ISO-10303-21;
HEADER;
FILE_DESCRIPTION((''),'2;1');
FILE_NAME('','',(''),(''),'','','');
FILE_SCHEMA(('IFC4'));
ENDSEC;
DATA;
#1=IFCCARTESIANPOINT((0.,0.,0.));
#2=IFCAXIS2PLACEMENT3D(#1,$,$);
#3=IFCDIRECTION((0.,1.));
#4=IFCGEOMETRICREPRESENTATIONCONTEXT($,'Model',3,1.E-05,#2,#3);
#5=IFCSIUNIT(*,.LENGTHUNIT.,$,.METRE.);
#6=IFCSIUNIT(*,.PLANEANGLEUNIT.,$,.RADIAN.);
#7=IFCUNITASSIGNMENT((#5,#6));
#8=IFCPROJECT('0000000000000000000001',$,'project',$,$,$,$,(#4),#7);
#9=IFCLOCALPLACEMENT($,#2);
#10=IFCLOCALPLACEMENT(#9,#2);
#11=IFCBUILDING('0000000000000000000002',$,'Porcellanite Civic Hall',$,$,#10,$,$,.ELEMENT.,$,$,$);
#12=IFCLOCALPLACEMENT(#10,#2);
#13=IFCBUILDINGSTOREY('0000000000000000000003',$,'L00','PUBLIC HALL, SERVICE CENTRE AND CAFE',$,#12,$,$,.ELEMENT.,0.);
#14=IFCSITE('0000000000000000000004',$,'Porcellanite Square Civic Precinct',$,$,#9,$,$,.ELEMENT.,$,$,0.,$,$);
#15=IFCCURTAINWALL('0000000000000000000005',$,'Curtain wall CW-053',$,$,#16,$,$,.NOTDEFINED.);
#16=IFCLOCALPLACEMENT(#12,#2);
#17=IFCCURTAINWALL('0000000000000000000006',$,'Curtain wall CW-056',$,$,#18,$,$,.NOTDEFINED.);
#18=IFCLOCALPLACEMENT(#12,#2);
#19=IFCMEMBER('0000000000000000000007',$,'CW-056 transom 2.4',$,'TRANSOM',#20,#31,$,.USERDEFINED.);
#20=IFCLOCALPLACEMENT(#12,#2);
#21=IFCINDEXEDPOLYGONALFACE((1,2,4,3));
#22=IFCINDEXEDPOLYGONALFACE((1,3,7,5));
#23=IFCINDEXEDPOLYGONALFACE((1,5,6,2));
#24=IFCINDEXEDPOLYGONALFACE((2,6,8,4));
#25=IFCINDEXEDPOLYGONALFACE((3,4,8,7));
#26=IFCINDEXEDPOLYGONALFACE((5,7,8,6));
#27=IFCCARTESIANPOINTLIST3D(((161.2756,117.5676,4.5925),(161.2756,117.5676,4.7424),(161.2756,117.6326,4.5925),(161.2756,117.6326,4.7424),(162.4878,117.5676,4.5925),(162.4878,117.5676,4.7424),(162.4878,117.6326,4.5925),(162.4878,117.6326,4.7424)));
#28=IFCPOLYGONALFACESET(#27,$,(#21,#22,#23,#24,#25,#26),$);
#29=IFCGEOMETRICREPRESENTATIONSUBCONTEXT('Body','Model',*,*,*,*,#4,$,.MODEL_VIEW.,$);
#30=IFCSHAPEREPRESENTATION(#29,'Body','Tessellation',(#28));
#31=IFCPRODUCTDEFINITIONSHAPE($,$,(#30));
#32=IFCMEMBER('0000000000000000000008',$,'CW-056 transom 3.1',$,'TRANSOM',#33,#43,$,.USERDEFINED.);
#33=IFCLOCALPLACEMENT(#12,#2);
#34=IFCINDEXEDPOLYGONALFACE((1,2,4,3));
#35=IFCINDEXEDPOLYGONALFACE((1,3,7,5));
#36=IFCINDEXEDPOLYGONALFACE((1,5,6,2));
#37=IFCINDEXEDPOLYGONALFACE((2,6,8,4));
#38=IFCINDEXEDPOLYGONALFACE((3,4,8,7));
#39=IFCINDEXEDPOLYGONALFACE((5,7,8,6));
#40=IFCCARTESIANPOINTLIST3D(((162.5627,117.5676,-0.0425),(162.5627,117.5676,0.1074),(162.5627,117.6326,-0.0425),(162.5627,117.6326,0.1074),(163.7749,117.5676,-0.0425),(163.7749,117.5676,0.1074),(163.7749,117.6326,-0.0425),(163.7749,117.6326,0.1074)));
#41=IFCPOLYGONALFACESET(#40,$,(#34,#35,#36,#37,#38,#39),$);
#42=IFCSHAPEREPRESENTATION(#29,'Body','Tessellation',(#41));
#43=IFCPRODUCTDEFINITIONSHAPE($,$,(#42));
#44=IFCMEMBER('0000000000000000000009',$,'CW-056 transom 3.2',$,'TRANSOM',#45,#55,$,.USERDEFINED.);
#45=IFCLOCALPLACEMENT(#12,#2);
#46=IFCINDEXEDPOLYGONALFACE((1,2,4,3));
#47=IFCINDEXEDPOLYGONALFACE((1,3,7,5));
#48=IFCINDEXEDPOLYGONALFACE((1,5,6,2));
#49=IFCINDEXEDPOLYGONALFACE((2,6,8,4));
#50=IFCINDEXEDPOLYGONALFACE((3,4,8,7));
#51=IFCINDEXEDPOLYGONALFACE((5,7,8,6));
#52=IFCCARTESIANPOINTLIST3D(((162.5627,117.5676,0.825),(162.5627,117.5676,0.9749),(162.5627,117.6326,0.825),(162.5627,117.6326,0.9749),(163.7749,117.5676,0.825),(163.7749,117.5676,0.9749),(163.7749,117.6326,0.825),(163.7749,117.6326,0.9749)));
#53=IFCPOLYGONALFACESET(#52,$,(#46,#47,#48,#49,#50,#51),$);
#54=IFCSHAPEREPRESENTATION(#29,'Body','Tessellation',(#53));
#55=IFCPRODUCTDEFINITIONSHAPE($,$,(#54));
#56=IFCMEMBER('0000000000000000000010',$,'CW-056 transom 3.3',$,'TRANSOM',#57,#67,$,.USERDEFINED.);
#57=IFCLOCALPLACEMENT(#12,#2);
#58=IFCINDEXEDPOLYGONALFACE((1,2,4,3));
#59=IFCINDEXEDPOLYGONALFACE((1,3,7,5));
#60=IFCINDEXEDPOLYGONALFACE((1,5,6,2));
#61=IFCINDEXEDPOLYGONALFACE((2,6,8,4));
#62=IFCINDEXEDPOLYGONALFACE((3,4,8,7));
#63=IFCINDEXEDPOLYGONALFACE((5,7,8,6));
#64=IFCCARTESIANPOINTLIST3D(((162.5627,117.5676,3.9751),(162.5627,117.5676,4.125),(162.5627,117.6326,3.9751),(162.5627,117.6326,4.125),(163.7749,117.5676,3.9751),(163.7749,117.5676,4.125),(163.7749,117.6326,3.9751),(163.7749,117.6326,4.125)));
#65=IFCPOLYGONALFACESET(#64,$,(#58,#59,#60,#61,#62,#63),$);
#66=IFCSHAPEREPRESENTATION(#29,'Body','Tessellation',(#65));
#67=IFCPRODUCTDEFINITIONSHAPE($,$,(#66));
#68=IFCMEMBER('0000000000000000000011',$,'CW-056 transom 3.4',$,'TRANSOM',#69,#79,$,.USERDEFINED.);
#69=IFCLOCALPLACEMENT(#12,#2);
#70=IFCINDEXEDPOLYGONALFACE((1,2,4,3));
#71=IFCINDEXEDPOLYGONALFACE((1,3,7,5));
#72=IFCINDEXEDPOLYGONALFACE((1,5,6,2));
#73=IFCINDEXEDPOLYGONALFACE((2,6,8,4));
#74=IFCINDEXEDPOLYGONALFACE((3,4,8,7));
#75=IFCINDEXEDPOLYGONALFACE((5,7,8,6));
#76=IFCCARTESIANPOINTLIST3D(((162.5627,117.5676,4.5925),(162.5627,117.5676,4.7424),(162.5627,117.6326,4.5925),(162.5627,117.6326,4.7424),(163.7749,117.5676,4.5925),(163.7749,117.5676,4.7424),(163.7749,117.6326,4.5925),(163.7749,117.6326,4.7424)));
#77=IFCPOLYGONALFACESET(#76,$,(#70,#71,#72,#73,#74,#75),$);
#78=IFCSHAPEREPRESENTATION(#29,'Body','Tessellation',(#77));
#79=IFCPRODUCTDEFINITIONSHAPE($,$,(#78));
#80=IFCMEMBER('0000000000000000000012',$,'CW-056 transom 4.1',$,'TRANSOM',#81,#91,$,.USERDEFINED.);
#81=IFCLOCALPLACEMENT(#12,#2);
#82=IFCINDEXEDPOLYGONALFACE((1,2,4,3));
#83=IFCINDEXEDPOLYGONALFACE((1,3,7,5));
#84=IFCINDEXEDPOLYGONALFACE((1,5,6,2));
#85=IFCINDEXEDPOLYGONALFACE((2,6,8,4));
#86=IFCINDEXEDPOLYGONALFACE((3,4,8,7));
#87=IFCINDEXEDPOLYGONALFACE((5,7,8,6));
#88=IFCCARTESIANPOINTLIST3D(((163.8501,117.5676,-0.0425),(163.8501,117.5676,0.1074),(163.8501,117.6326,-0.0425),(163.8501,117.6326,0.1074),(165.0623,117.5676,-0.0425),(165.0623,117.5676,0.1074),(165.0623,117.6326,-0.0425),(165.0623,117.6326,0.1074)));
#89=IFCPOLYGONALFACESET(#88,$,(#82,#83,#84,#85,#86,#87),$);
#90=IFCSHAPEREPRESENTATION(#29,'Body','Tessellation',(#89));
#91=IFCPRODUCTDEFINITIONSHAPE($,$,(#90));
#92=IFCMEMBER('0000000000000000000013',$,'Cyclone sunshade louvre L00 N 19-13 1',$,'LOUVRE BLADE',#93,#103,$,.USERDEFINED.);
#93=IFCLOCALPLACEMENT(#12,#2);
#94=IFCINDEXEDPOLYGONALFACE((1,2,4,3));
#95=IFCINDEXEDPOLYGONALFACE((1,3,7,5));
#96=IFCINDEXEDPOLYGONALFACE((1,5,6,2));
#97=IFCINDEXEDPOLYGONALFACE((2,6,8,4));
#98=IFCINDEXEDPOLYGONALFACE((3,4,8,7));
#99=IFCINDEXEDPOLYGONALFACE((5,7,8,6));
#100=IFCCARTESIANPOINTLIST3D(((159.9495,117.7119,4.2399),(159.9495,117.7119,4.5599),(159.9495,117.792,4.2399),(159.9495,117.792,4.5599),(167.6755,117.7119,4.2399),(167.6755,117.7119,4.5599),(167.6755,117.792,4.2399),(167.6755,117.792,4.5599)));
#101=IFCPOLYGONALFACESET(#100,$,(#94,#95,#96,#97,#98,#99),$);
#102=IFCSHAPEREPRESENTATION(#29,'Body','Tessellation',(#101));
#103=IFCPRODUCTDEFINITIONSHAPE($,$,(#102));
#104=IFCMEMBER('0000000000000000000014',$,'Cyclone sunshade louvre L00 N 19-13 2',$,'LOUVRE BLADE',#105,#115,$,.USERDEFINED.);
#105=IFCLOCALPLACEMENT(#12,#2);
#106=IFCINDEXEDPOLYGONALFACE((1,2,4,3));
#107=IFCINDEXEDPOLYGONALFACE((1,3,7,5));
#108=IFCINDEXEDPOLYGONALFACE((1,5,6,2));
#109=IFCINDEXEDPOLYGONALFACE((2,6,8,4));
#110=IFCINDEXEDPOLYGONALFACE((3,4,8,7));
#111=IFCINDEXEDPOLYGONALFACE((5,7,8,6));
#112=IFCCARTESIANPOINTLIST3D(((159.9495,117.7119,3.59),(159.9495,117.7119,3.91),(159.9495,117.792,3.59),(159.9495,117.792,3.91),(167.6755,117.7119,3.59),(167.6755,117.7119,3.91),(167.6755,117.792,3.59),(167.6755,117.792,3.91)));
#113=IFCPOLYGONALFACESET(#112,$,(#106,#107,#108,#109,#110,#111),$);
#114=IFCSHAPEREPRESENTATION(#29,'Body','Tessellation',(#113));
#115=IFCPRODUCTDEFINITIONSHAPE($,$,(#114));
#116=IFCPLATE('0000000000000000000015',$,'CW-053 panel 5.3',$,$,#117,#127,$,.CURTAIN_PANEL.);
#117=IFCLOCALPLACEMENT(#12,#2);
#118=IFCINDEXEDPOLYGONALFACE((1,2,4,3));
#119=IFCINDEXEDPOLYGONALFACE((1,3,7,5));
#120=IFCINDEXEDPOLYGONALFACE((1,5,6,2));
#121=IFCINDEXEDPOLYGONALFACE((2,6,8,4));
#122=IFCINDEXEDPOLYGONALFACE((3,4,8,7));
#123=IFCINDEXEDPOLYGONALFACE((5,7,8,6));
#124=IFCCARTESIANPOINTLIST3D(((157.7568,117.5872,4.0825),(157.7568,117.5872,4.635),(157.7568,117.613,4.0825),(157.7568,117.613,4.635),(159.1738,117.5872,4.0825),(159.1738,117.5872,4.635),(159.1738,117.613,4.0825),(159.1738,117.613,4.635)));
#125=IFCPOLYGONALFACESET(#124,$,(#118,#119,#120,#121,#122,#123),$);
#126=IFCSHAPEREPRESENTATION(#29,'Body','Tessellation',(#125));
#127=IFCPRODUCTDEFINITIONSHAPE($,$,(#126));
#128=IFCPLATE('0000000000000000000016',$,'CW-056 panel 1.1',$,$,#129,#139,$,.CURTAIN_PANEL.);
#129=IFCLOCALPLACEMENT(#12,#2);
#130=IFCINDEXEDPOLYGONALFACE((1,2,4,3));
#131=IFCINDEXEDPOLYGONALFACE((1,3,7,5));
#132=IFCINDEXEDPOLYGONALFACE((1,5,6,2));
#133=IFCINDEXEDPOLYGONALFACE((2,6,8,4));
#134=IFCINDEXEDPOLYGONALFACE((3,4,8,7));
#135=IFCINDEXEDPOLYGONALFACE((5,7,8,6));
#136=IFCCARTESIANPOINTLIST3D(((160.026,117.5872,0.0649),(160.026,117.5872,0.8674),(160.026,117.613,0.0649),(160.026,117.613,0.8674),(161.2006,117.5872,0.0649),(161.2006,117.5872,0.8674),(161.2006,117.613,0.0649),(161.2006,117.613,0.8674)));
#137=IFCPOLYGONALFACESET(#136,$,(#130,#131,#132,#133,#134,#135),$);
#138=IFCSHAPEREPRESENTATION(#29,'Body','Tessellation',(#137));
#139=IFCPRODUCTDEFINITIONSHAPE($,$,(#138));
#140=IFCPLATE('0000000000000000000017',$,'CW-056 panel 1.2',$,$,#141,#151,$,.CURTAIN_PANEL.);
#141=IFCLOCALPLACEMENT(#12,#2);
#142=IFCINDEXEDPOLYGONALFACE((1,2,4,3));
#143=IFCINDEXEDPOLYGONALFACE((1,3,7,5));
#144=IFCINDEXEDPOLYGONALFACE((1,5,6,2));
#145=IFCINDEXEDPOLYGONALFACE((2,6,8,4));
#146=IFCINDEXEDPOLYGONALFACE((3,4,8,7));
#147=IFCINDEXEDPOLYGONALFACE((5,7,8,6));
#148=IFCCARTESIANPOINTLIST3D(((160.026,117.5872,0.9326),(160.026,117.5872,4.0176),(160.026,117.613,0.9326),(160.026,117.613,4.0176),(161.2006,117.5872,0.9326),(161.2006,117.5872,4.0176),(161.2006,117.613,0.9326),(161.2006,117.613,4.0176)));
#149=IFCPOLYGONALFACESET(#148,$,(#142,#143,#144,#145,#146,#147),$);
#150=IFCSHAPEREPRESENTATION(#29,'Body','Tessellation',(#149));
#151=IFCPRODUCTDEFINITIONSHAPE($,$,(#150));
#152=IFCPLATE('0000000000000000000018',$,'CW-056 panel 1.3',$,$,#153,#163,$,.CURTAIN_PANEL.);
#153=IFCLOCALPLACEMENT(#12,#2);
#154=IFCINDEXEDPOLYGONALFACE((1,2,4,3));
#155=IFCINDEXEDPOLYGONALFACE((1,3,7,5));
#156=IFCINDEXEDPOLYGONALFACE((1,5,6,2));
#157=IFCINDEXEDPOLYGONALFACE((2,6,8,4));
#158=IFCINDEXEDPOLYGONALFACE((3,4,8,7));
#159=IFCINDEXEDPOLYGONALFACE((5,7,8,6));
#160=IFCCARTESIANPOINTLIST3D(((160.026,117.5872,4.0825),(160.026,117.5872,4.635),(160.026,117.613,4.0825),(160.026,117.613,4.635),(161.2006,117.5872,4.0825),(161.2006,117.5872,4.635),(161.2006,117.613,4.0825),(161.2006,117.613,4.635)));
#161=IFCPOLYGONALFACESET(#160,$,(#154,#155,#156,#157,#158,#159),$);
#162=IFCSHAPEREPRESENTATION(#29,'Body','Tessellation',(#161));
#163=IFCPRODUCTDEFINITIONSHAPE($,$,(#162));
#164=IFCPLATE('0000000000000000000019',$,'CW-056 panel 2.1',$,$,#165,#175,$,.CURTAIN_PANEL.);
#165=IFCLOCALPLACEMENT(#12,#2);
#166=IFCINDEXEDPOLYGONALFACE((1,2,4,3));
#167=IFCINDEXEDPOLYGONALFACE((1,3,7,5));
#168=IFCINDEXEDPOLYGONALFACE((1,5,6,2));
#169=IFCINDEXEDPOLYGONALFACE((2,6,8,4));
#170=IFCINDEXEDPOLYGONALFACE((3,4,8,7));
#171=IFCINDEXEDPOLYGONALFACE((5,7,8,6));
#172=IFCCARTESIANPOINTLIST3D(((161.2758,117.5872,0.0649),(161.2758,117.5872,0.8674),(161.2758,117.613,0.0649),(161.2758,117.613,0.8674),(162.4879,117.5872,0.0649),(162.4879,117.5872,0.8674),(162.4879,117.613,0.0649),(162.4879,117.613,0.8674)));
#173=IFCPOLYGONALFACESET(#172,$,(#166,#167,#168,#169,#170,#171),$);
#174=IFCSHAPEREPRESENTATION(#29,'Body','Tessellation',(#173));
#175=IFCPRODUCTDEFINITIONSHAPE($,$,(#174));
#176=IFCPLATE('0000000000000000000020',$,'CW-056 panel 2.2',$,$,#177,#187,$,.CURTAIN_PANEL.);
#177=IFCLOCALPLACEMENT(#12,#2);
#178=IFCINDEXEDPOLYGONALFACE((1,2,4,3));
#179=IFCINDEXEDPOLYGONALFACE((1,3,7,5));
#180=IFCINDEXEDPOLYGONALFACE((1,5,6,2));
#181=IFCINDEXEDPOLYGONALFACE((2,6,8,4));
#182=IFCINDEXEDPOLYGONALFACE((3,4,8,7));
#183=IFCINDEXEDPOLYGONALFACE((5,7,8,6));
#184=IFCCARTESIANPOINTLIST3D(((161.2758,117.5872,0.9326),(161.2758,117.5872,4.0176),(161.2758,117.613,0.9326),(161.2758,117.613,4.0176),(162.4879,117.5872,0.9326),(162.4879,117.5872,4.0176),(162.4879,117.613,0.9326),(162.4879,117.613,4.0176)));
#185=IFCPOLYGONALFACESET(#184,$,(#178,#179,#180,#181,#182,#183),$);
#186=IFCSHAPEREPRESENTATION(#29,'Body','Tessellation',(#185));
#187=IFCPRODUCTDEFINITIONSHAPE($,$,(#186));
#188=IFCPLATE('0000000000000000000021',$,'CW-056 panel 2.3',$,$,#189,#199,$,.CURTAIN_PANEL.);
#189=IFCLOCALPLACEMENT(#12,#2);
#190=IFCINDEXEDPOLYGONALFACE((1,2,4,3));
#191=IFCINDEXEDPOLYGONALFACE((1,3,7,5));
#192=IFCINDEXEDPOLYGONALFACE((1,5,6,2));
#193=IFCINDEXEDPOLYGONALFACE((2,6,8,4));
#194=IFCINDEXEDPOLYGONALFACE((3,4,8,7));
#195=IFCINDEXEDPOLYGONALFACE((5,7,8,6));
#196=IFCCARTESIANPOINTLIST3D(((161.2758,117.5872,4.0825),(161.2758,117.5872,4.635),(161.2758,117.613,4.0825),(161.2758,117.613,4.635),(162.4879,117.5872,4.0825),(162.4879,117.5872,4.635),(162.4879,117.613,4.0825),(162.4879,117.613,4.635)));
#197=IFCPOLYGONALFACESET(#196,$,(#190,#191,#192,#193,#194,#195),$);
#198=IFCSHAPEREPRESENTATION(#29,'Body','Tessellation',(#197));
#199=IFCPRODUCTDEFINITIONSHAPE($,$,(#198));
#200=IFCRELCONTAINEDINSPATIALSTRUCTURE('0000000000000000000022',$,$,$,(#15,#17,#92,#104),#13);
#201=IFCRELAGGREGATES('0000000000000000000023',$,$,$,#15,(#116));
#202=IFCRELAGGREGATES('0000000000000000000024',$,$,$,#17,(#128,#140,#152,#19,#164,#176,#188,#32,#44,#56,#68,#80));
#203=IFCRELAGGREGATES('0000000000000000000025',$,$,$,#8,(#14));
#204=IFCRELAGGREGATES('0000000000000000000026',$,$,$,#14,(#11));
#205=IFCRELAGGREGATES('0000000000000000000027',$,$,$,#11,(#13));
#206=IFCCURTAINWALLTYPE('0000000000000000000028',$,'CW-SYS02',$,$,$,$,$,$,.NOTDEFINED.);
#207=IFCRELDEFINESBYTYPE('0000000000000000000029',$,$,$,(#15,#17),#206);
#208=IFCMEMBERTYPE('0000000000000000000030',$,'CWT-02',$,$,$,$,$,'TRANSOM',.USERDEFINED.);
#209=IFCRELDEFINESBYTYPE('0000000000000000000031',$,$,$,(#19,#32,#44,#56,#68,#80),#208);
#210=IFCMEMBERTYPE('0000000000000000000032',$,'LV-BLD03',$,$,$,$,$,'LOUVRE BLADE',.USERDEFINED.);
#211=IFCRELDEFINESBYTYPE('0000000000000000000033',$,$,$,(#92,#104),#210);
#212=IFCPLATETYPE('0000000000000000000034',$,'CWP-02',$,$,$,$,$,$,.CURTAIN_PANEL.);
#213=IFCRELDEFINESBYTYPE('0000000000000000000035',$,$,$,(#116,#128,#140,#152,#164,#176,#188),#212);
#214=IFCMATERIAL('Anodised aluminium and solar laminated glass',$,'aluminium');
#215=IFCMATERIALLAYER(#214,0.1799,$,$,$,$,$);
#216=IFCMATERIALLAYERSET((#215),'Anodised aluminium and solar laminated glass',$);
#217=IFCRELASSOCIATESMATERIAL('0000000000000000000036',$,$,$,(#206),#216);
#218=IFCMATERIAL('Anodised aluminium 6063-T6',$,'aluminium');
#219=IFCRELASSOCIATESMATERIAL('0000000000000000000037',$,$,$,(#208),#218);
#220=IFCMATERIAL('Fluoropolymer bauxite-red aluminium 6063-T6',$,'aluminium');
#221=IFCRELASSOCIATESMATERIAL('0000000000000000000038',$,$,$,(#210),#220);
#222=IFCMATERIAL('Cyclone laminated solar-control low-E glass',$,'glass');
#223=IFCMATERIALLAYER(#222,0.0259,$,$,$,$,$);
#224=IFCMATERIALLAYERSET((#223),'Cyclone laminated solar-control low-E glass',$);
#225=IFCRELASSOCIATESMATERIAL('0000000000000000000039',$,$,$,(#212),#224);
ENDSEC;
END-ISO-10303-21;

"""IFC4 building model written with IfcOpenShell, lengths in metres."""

from ifc_helpers import new_model, si_unit, direction, frame, origin, origin_2d, place, context, subcontext, project, spatial, rectangle, extrude, material, layer, layer_set, material_profile, profile_set, type_object, element, aggregate, save


model = new_model("IFC4")

# Units and contexts
model_context = context("Model", 3, precision=1e-05, world=origin(), true_north=direction((0.0, 1.0)))
body_context = subcontext(model_context, "Body", "Model", "MODEL_VIEW")
ifc_project = project(units=[si_unit("LENGTHUNIT", "METRE"), si_unit("PLANEANGLEUNIT", "RADIAN")], contexts=[model_context])

# Site, building, storey
site_placement = place(None, origin())
site = spatial("IfcSite", under=ifc_project, at=site_placement, Name="Porcellanite Square Civic Precinct", CompositionType="ELEMENT", RefElevation=0.0)
building_placement = place(site_placement, origin())
building = spatial("IfcBuilding", under=site, at=building_placement, Name="Porcellanite Civic Hall", CompositionType="ELEMENT")
storey_placement = place(building_placement, origin())
storey = spatial("IfcBuildingStorey", under=building, at=storey_placement, Name="L00", Description="PUBLIC HALL, SERVICE CENTRE AND CAFE", CompositionType="ELEMENT", Elevation=0.0)

# Curtain wall
ifc_material_1 = material(Name="Anodised aluminium and solar laminated glass", Category="aluminium")
ifc_layer_1 = layer(ifc_material_1, 0.1799)
ifc_layer_set_1 = layer_set([ifc_layer_1], Name="Anodised aluminium and solar laminated glass")
curtain_wall_type = type_object("IfcCurtainWallType", Name="CW-SYS02", PredefinedType="NOTDEFINED", material=ifc_layer_set_1)
curtain_wall_1_placement = place(storey_placement, origin())
curtain_wall_1 = element("IfcCurtainWall", 1, at=curtain_wall_1_placement, inside=storey, type_object=curtain_wall_type, Name="Curtain wall CW-053", PredefinedType="NOTDEFINED")

# Curtain wall, members
curtain_wall_2_placement = place(storey_placement, origin())
curtain_wall_2 = element("IfcCurtainWall", 2, at=curtain_wall_2_placement, inside=storey, type_object=curtain_wall_type, Name="Curtain wall CW-056", PredefinedType="NOTDEFINED")
ifc_material_2 = material(Name="Anodised aluminium 6063-T6", Category="aluminium")
ifc_material_profile_1 = material_profile(ifc_material_2, rectangle(XDim=0.0649, YDim=0.1499, at=origin_2d()), Name="AL-65x150")
ifc_profile_set_1 = profile_set([ifc_material_profile_1], Name="Anodised aluminium 6063-T6")
member_type_1 = type_object("IfcMemberType", Name="CWT-02", ElementType="TRANSOM", PredefinedType="USERDEFINED", material=ifc_profile_set_1)
member_1_placement = place(storey_placement, frame((161.2756, 117.6001, 4.6675), z_axis=(1.0, 0.0, 0.0), x_axis=(0.0, 1.0, 0.0)))
member_1 = element("IfcMember", 3, at=member_1_placement, type_object=member_type_1, Name="CW-056 transom 2.4", ObjectType="TRANSOM", PredefinedType="USERDEFINED", context=body_context, shape_type="SweptSolid", body=[
    extrude(rectangle(XDim=0.0649, YDim=0.1499, at=origin_2d()), origin(), (0.0, 0.0, 1.0), 1.2122),
])
member_2_placement = place(storey_placement, frame((162.5627, 117.6001, 0.0325), z_axis=(1.0, 0.0, 0.0), x_axis=(0.0, 1.0, 0.0)))
member_2 = element("IfcMember", 4, at=member_2_placement, type_object=member_type_1, Name="CW-056 transom 3.1", ObjectType="TRANSOM", PredefinedType="USERDEFINED", context=body_context, shape_type="SweptSolid", body=[
    extrude(rectangle(XDim=0.0649, YDim=0.1499, at=origin_2d()), origin(), (0.0, 0.0, 1.0), 1.2122),
])
member_3_placement = place(storey_placement, frame((162.5627, 117.6001, 0.8999), z_axis=(1.0, 0.0, 0.0), x_axis=(0.0, 1.0, 0.0)))
member_3 = element("IfcMember", 5, at=member_3_placement, type_object=member_type_1, Name="CW-056 transom 3.2", ObjectType="TRANSOM", PredefinedType="USERDEFINED", context=body_context, shape_type="SweptSolid", body=[
    extrude(rectangle(XDim=0.0649, YDim=0.1499, at=origin_2d()), origin(), (0.0, 0.0, 1.0), 1.2122),
])
member_4_placement = place(storey_placement, frame((162.5627, 117.6001, 4.05), z_axis=(1.0, 0.0, 0.0), x_axis=(0.0, 1.0, 0.0)))
member_4 = element("IfcMember", 6, at=member_4_placement, type_object=member_type_1, Name="CW-056 transom 3.3", ObjectType="TRANSOM", PredefinedType="USERDEFINED", context=body_context, shape_type="SweptSolid", body=[
    extrude(rectangle(XDim=0.0649, YDim=0.1499, at=origin_2d()), origin(), (0.0, 0.0, 1.0), 1.2122),
])
member_5_placement = place(storey_placement, frame((162.5627, 117.6001, 4.6675), z_axis=(1.0, 0.0, 0.0), x_axis=(0.0, 1.0, 0.0)))
member_5 = element("IfcMember", 7, at=member_5_placement, type_object=member_type_1, Name="CW-056 transom 3.4", ObjectType="TRANSOM", PredefinedType="USERDEFINED", context=body_context, shape_type="SweptSolid", body=[
    extrude(rectangle(XDim=0.0649, YDim=0.1499, at=origin_2d()), origin(), (0.0, 0.0, 1.0), 1.2122),
])
member_6_placement = place(storey_placement, frame((163.8501, 117.6001, 0.0325), z_axis=(1.0, 0.0, 0.0), x_axis=(0.0, 1.0, 0.0)))
member_6 = element("IfcMember", 8, at=member_6_placement, type_object=member_type_1, Name="CW-056 transom 4.1", ObjectType="TRANSOM", PredefinedType="USERDEFINED", context=body_context, shape_type="SweptSolid", body=[
    extrude(rectangle(XDim=0.0649, YDim=0.1499, at=origin_2d()), origin(), (0.0, 0.0, 1.0), 1.2122),
])

# Members
ifc_material_3 = material(Name="Fluoropolymer bauxite-red aluminium 6063-T6", Category="aluminium")
ifc_material_profile_2 = material_profile(ifc_material_3, rectangle(XDim=0.0801, YDim=0.3201, at=origin_2d()), Name="AL-80x320")
ifc_profile_set_2 = profile_set([ifc_material_profile_2], Name="Fluoropolymer bauxite-red aluminium 6063-T6")
member_type_2 = type_object("IfcMemberType", Name="LV-BLD03", ElementType="LOUVRE BLADE", PredefinedType="USERDEFINED", material=ifc_profile_set_2)
for number, where, z_axis, x_axis, name in (
    (9, (159.9495, 117.752, 4.3999), (1.0, 0.0, 0.0), (0.0, 1.0, 0.0), "Cyclone sunshade louvre L00 N 19-13 1"),
    (10, (159.9495, 117.752, 3.75), (1.0, 0.0, 0.0), (0.0, 1.0, 0.0), "Cyclone sunshade louvre L00 N 19-13 2"),
):
    element("IfcMember", number, at=place(storey_placement, frame(where, z_axis=z_axis, x_axis=x_axis)), inside=storey, type_object=member_type_2, Name=name, ObjectType="LOUVRE BLADE", PredefinedType="USERDEFINED", context=body_context, shape_type="SweptSolid", body=[
        extrude(rectangle(XDim=0.0801, YDim=0.3201, at=origin_2d()), origin(), (0.0, 0.0, 1.0), 7.7261),
    ])

# Plates
ifc_material_4 = material(Name="Cyclone laminated solar-control low-E glass", Category="glass")
ifc_layer_2 = layer(ifc_material_4, 0.0259)
ifc_layer_set_2 = layer_set([ifc_layer_2], Name="Cyclone laminated solar-control low-E glass")
plate_type = type_object("IfcPlateType", Name="CWP-02", PredefinedType="CURTAIN_PANEL", material=ifc_layer_set_2)
plate_1_placement = place(storey_placement, frame((158.4653, 117.6001, 4.0825), z_axis=(0.0, 0.0, 1.0), x_axis=(1.0, 0.0, 0.0)))
plate_1 = element("IfcPlate", 11, at=plate_1_placement, type_object=plate_type, Name="CW-053 panel 5.3", PredefinedType="CURTAIN_PANEL", context=body_context, shape_type="SweptSolid", body=[
    extrude(rectangle(XDim=1.417, YDim=0.0259, at=origin_2d()), origin(), (0.0, 0.0, 1.0), 0.5525),
])
aggregate(curtain_wall_1, [plate_1])
plate_2_placement = place(storey_placement, frame((160.6133, 117.6001, 0.0649), z_axis=(0.0, 0.0, 1.0), x_axis=(1.0, 0.0, 0.0)))
plate_2 = element("IfcPlate", 12, at=plate_2_placement, type_object=plate_type, Name="CW-056 panel 1.1", PredefinedType="CURTAIN_PANEL", context=body_context, shape_type="SweptSolid", body=[
    extrude(rectangle(XDim=1.1746, YDim=0.0259, at=origin_2d()), origin(), (0.0, 0.0, 1.0), 0.8025),
])
plate_3_placement = place(storey_placement, frame((160.6133, 117.6001, 0.9326), z_axis=(0.0, 0.0, 1.0), x_axis=(1.0, 0.0, 0.0)))
plate_3 = element("IfcPlate", 13, at=plate_3_placement, type_object=plate_type, Name="CW-056 panel 1.2", PredefinedType="CURTAIN_PANEL", context=body_context, shape_type="SweptSolid", body=[
    extrude(rectangle(XDim=1.1746, YDim=0.0259, at=origin_2d()), origin(), (0.0, 0.0, 1.0), 3.085),
])
plate_4_placement = place(storey_placement, frame((160.6133, 117.6001, 4.0825), z_axis=(0.0, 0.0, 1.0), x_axis=(1.0, 0.0, 0.0)))
plate_4 = element("IfcPlate", 14, at=plate_4_placement, type_object=plate_type, Name="CW-056 panel 1.3", PredefinedType="CURTAIN_PANEL", context=body_context, shape_type="SweptSolid", body=[
    extrude(rectangle(XDim=1.1746, YDim=0.0259, at=origin_2d()), origin(), (0.0, 0.0, 1.0), 0.5525),
])
plate_5_placement = place(storey_placement, frame((161.8818, 117.6001, 0.0649), z_axis=(0.0, 0.0, 1.0), x_axis=(1.0, 0.0, 0.0)))
plate_5 = element("IfcPlate", 15, at=plate_5_placement, type_object=plate_type, Name="CW-056 panel 2.1", PredefinedType="CURTAIN_PANEL", context=body_context, shape_type="SweptSolid", body=[
    extrude(rectangle(XDim=1.2122, YDim=0.0259, at=origin_2d()), origin(), (0.0, 0.0, 1.0), 0.8025),
])
plate_6_placement = place(storey_placement, frame((161.8818, 117.6001, 0.9326), z_axis=(0.0, 0.0, 1.0), x_axis=(1.0, 0.0, 0.0)))
plate_6 = element("IfcPlate", 16, at=plate_6_placement, type_object=plate_type, Name="CW-056 panel 2.2", PredefinedType="CURTAIN_PANEL", context=body_context, shape_type="SweptSolid", body=[
    extrude(rectangle(XDim=1.2122, YDim=0.0259, at=origin_2d()), origin(), (0.0, 0.0, 1.0), 3.085),
])
plate_7_placement = place(storey_placement, frame((161.8818, 117.6001, 4.0825), z_axis=(0.0, 0.0, 1.0), x_axis=(1.0, 0.0, 0.0)))
plate_7 = element("IfcPlate", 17, at=plate_7_placement, type_object=plate_type, Name="CW-056 panel 2.3", PredefinedType="CURTAIN_PANEL", context=body_context, shape_type="SweptSolid", body=[
    extrude(rectangle(XDim=1.2122, YDim=0.0259, at=origin_2d()), origin(), (0.0, 0.0, 1.0), 0.5525),
])
aggregate(curtain_wall_2, [plate_2, plate_3, plate_4, member_1, plate_5, plate_6, plate_7, member_2, member_3, member_4, member_5, member_6])

save(model, "model.ifc")
